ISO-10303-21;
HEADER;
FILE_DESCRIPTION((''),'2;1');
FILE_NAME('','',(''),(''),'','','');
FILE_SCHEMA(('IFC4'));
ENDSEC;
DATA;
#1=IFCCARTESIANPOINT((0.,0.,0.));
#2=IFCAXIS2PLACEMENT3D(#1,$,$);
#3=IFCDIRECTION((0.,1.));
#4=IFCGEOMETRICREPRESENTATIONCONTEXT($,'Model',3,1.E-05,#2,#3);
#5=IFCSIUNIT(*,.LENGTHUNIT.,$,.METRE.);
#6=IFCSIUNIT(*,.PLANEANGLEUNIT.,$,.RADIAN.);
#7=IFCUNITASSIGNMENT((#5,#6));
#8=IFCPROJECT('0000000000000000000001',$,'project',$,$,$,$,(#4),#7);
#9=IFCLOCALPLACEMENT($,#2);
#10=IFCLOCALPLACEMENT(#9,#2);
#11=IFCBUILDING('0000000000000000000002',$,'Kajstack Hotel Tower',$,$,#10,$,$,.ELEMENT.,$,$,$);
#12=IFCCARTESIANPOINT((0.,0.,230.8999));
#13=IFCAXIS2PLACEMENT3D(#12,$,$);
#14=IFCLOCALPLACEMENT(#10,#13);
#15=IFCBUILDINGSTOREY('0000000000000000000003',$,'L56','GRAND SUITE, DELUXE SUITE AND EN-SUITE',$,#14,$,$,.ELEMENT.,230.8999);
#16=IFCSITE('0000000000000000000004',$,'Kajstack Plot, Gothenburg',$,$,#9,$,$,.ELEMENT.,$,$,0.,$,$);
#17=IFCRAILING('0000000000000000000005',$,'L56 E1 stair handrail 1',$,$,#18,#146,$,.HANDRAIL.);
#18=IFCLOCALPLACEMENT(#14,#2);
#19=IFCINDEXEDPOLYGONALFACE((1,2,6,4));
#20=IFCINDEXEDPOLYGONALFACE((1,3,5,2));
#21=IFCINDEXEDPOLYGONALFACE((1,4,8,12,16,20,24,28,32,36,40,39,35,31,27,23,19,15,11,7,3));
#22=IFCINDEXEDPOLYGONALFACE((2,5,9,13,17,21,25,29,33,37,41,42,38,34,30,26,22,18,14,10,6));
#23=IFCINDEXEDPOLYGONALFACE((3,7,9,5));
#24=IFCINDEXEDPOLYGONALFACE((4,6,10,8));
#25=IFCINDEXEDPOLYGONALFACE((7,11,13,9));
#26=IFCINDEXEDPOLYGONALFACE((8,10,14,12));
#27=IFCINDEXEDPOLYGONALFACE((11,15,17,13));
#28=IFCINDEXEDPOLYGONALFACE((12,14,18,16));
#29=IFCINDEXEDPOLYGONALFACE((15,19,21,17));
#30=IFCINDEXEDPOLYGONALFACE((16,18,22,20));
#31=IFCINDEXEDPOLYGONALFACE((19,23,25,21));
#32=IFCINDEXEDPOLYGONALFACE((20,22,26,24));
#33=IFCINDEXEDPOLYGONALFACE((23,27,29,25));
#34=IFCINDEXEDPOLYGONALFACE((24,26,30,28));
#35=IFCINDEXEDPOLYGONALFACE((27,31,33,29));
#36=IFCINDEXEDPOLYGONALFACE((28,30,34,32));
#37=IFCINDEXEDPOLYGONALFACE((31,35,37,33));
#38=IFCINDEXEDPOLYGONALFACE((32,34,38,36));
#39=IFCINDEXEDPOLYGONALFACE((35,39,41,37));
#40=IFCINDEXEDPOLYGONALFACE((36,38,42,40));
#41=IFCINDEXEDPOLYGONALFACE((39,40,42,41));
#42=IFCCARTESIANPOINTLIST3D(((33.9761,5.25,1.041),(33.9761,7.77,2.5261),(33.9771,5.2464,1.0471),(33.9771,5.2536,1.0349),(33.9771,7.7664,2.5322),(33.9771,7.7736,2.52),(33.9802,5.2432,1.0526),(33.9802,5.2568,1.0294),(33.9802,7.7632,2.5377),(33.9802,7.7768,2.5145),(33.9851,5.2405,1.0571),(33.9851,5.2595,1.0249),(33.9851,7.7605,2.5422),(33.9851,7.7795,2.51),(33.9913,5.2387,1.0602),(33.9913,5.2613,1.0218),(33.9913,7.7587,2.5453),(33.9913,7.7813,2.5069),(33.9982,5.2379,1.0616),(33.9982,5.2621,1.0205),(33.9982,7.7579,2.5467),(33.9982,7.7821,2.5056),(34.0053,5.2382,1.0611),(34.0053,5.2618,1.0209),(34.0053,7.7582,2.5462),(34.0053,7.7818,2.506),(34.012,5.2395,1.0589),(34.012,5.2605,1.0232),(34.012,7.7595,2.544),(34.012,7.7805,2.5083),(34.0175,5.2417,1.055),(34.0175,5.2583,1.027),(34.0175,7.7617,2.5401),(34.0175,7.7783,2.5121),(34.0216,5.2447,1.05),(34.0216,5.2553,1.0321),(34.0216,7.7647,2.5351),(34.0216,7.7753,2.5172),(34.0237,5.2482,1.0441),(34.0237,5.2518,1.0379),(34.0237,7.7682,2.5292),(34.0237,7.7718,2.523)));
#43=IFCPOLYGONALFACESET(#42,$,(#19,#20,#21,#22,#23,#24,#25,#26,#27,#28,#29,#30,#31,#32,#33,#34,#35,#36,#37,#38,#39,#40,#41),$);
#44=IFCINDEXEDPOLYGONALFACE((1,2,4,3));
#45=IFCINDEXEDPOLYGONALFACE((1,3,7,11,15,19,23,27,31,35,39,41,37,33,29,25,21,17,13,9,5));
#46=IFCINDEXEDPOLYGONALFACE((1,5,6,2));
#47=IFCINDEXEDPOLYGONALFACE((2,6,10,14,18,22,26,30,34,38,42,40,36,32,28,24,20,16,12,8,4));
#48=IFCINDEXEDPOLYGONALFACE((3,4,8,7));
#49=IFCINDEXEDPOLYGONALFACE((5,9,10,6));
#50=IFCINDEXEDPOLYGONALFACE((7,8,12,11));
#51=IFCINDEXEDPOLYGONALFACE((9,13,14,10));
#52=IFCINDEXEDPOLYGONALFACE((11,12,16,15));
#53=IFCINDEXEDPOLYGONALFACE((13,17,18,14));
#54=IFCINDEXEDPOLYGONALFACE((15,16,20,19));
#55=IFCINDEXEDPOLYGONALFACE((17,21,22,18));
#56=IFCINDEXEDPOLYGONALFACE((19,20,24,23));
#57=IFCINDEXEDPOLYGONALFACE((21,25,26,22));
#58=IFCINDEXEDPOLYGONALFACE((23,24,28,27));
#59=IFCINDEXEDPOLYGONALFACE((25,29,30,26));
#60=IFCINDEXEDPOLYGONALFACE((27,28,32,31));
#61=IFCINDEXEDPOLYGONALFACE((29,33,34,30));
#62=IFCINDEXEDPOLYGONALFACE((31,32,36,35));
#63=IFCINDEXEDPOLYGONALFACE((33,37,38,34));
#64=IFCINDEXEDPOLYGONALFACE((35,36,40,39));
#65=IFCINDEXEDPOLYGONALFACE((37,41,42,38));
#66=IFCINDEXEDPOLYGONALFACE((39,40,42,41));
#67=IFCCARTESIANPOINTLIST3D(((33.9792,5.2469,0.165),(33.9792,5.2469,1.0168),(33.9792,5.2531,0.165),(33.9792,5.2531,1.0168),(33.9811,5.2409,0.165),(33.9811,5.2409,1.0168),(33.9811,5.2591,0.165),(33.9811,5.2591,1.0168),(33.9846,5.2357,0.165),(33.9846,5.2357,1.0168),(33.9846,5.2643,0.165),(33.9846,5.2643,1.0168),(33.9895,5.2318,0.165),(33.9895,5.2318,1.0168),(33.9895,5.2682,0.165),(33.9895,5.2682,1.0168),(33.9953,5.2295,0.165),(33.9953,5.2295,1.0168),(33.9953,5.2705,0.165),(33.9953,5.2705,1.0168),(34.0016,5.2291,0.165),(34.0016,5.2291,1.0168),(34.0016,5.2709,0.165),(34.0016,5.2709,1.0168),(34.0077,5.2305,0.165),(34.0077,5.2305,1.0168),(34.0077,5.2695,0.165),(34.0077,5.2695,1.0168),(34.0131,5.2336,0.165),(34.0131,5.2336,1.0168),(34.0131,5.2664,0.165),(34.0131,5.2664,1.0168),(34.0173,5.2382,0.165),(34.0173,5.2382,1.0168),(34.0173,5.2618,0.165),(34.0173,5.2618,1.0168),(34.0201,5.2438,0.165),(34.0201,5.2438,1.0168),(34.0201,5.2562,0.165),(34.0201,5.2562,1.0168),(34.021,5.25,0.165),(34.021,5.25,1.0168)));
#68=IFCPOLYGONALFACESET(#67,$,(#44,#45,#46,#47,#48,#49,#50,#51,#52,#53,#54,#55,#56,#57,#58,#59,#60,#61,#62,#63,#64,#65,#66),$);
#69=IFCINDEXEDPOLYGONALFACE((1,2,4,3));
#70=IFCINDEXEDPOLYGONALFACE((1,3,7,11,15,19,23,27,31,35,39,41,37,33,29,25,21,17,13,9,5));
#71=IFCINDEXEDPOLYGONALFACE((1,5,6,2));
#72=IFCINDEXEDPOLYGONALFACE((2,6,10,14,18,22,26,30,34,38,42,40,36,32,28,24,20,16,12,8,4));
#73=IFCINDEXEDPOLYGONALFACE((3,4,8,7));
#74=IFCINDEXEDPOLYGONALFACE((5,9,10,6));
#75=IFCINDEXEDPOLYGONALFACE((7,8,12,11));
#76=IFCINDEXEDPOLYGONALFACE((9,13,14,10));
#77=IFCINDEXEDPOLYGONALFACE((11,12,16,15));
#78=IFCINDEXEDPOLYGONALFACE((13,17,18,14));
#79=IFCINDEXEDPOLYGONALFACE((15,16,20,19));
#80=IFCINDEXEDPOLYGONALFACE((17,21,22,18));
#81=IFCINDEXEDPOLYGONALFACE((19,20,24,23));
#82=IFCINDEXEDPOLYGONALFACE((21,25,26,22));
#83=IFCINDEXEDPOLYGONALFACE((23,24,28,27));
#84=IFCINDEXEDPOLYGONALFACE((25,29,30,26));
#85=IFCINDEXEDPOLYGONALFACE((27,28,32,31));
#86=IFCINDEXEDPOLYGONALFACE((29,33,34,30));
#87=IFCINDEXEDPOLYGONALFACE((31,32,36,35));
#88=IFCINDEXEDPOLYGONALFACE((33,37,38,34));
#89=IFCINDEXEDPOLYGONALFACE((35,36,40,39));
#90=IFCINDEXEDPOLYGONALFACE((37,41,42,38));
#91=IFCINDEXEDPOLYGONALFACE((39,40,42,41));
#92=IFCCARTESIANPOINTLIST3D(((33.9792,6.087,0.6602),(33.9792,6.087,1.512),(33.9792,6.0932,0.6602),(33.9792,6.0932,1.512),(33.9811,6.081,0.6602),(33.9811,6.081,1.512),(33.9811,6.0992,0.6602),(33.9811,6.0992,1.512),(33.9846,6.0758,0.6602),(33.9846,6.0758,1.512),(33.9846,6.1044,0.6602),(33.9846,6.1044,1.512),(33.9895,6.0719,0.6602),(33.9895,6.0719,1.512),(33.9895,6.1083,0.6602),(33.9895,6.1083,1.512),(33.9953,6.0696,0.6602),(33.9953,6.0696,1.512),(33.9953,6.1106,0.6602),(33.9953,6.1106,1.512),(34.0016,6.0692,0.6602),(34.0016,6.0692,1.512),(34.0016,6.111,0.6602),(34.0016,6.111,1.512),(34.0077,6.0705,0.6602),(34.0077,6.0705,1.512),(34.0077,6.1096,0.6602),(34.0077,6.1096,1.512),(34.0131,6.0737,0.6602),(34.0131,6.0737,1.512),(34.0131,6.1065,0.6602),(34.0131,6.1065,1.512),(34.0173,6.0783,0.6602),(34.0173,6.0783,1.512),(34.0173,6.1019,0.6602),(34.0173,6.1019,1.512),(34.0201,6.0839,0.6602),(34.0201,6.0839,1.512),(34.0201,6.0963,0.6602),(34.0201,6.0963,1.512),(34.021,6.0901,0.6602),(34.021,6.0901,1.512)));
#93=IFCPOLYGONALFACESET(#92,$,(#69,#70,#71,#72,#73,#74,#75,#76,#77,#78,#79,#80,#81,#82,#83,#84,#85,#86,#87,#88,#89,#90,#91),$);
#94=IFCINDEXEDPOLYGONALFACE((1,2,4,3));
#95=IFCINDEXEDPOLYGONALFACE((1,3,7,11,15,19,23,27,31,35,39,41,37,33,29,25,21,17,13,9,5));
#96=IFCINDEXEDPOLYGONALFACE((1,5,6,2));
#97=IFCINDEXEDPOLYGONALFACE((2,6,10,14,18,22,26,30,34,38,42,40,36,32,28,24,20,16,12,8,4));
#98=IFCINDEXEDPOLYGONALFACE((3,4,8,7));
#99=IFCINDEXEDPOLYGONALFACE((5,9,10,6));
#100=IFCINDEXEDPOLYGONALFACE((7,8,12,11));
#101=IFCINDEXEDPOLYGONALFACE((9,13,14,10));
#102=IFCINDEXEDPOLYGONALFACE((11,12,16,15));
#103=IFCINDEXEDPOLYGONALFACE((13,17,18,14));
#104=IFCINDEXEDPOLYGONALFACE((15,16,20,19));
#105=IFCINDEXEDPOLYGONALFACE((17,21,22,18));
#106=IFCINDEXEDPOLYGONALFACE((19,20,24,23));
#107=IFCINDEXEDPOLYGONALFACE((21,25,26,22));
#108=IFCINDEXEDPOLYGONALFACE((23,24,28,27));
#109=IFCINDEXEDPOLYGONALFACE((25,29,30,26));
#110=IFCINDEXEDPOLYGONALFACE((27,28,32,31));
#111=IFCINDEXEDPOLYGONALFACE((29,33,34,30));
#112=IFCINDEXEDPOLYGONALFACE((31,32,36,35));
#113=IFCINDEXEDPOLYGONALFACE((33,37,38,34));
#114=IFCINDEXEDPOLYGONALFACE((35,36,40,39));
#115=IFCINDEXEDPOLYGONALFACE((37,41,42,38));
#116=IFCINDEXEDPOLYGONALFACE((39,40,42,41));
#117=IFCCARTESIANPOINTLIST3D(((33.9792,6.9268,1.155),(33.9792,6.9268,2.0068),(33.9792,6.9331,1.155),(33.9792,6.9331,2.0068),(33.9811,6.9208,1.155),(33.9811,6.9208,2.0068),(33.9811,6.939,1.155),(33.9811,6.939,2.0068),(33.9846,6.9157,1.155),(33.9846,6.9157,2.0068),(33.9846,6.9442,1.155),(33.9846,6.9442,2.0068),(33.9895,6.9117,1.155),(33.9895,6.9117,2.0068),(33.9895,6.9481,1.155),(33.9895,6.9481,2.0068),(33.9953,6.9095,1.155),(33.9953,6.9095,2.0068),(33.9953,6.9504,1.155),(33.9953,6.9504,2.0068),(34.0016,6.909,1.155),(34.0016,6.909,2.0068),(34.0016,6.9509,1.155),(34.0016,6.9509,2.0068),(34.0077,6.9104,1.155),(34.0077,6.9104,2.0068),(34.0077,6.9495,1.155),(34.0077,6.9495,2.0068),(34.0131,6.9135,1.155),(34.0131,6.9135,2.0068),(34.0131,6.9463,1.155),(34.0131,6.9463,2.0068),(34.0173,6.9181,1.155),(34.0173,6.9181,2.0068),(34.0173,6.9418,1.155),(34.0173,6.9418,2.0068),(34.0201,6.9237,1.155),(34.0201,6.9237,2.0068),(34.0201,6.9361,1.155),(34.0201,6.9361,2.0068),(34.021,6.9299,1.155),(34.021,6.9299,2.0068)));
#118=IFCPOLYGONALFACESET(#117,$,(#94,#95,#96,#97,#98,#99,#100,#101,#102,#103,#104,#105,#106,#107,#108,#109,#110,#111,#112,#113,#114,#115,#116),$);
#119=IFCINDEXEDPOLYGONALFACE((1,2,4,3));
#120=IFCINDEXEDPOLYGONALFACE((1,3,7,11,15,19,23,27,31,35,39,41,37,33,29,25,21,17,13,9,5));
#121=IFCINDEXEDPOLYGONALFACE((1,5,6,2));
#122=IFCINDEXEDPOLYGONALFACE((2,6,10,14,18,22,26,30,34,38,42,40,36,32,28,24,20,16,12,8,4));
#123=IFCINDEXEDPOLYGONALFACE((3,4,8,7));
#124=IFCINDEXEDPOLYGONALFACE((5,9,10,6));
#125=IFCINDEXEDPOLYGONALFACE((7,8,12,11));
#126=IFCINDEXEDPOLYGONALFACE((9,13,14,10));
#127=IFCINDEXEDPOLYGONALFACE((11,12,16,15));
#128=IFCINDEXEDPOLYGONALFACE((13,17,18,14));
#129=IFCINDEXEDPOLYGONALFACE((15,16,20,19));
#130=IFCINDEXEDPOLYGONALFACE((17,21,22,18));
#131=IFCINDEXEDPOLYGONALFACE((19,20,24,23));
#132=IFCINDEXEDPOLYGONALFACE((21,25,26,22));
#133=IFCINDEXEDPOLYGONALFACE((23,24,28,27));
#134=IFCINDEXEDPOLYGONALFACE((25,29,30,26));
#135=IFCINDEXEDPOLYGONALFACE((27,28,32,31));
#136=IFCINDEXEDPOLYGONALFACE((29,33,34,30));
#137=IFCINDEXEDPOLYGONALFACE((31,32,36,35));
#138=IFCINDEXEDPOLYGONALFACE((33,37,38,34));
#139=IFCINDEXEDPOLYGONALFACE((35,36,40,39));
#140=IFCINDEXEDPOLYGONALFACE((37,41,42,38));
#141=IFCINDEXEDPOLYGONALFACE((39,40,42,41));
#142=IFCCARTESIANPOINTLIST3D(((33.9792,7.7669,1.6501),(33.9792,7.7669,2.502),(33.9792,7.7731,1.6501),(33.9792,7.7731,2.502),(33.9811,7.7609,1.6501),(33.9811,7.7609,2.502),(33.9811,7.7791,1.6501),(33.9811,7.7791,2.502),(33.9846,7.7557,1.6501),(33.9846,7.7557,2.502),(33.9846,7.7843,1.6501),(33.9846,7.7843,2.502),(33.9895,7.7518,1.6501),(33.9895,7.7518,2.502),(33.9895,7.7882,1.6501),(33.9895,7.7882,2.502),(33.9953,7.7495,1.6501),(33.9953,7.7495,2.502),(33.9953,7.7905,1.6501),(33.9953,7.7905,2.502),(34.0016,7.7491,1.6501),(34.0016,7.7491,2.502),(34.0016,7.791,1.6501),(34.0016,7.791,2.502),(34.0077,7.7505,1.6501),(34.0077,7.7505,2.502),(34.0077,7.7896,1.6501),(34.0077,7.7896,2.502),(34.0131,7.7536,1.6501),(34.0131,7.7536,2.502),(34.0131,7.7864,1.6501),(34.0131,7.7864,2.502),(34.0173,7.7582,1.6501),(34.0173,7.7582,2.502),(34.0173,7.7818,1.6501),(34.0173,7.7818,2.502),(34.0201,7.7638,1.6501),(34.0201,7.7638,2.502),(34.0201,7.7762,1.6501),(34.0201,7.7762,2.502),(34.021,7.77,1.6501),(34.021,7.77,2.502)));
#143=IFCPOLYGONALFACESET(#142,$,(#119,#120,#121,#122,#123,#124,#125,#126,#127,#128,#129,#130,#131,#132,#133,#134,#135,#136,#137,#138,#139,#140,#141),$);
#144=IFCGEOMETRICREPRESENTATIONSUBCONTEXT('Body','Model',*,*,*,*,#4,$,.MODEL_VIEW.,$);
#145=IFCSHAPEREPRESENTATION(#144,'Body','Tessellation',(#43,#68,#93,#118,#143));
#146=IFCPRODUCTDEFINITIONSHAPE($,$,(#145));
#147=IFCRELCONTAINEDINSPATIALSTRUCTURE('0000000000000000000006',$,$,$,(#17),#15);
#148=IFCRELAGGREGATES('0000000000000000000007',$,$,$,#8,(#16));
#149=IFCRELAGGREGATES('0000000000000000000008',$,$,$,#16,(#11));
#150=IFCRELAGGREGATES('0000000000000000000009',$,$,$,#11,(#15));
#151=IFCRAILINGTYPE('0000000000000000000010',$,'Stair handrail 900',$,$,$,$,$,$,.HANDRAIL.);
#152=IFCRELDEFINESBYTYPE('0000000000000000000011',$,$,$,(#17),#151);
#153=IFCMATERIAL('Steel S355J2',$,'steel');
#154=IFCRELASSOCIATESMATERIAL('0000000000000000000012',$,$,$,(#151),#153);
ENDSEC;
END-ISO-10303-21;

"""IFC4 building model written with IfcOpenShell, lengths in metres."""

from ifc_helpers import new_model, si_unit, direction, frame, origin, origin_2d, place, context, subcontext, project, spatial, circle, extrude, material, type_object, element, save


model = new_model("IFC4")

# Units and contexts
model_context = context("Model", 3, precision=1e-05, world=origin(), true_north=direction((0.0, 1.0)))
body_context = subcontext(model_context, "Body", "Model", "MODEL_VIEW")
ifc_project = project(units=[si_unit("LENGTHUNIT", "METRE"), si_unit("PLANEANGLEUNIT", "RADIAN")], contexts=[model_context])

# Site, building, storey
site_placement = place(None, origin())
site = spatial("IfcSite", under=ifc_project, at=site_placement, Name="Kajstack Plot, Gothenburg", CompositionType="ELEMENT", RefElevation=0.0)
building_placement = place(site_placement, origin())
building = spatial("IfcBuilding", under=site, at=building_placement, Name="Kajstack Hotel Tower", CompositionType="ELEMENT")
storey_placement = place(building_placement, frame((0.0, 0.0, 230.8999)))
storey = spatial("IfcBuildingStorey", under=building, at=storey_placement, Name="L56", Description="GRAND SUITE, DELUXE SUITE AND EN-SUITE", CompositionType="ELEMENT", Elevation=230.8999)

# Railing
ifc_material_1 = material(Name="Steel S355J2", Category="steel")
railing_type_1 = type_object("IfcRailingType", Name="Stair handrail 900", PredefinedType="HANDRAIL", material=ifc_material_1)
railing_1_placement = place(storey_placement, frame((34.0, 5.25, 0.165)))
element("IfcRailing", 1, at=railing_1_placement, inside=storey, type_object=railing_type_1, Name="L56 E1 stair handrail 1", PredefinedType="HANDRAIL", context=body_context, shape_type="SweptSolid", body=[
    extrude(circle(Radius=0.0239, at=origin_2d()), frame((0.0, 0.0, 0.876), z_axis=(0.0, 0.861524, 0.507717), x_axis=(-1.0, 0.0, 0.0)), (0.0, 0.0, 1.0), 2.925),
    extrude(circle(Radius=0.021, at=origin_2d()), origin(), (0.0, 0.0, 1.0), 0.8518),
    extrude(circle(Radius=0.021, at=origin_2d()), frame((0.0, 0.8401, 0.4951)), (0.0, 0.0, 1.0), 0.8518),
    extrude(circle(Radius=0.021, at=origin_2d()), frame((0.0, 1.6799, 0.99)), (0.0, 0.0, 1.0), 0.8518),
    extrude(circle(Radius=0.021, at=origin_2d()), frame((0.0, 2.52, 1.4851)), (0.0, 0.0, 1.0), 0.8518),
])

save(model, "model.ifc")
